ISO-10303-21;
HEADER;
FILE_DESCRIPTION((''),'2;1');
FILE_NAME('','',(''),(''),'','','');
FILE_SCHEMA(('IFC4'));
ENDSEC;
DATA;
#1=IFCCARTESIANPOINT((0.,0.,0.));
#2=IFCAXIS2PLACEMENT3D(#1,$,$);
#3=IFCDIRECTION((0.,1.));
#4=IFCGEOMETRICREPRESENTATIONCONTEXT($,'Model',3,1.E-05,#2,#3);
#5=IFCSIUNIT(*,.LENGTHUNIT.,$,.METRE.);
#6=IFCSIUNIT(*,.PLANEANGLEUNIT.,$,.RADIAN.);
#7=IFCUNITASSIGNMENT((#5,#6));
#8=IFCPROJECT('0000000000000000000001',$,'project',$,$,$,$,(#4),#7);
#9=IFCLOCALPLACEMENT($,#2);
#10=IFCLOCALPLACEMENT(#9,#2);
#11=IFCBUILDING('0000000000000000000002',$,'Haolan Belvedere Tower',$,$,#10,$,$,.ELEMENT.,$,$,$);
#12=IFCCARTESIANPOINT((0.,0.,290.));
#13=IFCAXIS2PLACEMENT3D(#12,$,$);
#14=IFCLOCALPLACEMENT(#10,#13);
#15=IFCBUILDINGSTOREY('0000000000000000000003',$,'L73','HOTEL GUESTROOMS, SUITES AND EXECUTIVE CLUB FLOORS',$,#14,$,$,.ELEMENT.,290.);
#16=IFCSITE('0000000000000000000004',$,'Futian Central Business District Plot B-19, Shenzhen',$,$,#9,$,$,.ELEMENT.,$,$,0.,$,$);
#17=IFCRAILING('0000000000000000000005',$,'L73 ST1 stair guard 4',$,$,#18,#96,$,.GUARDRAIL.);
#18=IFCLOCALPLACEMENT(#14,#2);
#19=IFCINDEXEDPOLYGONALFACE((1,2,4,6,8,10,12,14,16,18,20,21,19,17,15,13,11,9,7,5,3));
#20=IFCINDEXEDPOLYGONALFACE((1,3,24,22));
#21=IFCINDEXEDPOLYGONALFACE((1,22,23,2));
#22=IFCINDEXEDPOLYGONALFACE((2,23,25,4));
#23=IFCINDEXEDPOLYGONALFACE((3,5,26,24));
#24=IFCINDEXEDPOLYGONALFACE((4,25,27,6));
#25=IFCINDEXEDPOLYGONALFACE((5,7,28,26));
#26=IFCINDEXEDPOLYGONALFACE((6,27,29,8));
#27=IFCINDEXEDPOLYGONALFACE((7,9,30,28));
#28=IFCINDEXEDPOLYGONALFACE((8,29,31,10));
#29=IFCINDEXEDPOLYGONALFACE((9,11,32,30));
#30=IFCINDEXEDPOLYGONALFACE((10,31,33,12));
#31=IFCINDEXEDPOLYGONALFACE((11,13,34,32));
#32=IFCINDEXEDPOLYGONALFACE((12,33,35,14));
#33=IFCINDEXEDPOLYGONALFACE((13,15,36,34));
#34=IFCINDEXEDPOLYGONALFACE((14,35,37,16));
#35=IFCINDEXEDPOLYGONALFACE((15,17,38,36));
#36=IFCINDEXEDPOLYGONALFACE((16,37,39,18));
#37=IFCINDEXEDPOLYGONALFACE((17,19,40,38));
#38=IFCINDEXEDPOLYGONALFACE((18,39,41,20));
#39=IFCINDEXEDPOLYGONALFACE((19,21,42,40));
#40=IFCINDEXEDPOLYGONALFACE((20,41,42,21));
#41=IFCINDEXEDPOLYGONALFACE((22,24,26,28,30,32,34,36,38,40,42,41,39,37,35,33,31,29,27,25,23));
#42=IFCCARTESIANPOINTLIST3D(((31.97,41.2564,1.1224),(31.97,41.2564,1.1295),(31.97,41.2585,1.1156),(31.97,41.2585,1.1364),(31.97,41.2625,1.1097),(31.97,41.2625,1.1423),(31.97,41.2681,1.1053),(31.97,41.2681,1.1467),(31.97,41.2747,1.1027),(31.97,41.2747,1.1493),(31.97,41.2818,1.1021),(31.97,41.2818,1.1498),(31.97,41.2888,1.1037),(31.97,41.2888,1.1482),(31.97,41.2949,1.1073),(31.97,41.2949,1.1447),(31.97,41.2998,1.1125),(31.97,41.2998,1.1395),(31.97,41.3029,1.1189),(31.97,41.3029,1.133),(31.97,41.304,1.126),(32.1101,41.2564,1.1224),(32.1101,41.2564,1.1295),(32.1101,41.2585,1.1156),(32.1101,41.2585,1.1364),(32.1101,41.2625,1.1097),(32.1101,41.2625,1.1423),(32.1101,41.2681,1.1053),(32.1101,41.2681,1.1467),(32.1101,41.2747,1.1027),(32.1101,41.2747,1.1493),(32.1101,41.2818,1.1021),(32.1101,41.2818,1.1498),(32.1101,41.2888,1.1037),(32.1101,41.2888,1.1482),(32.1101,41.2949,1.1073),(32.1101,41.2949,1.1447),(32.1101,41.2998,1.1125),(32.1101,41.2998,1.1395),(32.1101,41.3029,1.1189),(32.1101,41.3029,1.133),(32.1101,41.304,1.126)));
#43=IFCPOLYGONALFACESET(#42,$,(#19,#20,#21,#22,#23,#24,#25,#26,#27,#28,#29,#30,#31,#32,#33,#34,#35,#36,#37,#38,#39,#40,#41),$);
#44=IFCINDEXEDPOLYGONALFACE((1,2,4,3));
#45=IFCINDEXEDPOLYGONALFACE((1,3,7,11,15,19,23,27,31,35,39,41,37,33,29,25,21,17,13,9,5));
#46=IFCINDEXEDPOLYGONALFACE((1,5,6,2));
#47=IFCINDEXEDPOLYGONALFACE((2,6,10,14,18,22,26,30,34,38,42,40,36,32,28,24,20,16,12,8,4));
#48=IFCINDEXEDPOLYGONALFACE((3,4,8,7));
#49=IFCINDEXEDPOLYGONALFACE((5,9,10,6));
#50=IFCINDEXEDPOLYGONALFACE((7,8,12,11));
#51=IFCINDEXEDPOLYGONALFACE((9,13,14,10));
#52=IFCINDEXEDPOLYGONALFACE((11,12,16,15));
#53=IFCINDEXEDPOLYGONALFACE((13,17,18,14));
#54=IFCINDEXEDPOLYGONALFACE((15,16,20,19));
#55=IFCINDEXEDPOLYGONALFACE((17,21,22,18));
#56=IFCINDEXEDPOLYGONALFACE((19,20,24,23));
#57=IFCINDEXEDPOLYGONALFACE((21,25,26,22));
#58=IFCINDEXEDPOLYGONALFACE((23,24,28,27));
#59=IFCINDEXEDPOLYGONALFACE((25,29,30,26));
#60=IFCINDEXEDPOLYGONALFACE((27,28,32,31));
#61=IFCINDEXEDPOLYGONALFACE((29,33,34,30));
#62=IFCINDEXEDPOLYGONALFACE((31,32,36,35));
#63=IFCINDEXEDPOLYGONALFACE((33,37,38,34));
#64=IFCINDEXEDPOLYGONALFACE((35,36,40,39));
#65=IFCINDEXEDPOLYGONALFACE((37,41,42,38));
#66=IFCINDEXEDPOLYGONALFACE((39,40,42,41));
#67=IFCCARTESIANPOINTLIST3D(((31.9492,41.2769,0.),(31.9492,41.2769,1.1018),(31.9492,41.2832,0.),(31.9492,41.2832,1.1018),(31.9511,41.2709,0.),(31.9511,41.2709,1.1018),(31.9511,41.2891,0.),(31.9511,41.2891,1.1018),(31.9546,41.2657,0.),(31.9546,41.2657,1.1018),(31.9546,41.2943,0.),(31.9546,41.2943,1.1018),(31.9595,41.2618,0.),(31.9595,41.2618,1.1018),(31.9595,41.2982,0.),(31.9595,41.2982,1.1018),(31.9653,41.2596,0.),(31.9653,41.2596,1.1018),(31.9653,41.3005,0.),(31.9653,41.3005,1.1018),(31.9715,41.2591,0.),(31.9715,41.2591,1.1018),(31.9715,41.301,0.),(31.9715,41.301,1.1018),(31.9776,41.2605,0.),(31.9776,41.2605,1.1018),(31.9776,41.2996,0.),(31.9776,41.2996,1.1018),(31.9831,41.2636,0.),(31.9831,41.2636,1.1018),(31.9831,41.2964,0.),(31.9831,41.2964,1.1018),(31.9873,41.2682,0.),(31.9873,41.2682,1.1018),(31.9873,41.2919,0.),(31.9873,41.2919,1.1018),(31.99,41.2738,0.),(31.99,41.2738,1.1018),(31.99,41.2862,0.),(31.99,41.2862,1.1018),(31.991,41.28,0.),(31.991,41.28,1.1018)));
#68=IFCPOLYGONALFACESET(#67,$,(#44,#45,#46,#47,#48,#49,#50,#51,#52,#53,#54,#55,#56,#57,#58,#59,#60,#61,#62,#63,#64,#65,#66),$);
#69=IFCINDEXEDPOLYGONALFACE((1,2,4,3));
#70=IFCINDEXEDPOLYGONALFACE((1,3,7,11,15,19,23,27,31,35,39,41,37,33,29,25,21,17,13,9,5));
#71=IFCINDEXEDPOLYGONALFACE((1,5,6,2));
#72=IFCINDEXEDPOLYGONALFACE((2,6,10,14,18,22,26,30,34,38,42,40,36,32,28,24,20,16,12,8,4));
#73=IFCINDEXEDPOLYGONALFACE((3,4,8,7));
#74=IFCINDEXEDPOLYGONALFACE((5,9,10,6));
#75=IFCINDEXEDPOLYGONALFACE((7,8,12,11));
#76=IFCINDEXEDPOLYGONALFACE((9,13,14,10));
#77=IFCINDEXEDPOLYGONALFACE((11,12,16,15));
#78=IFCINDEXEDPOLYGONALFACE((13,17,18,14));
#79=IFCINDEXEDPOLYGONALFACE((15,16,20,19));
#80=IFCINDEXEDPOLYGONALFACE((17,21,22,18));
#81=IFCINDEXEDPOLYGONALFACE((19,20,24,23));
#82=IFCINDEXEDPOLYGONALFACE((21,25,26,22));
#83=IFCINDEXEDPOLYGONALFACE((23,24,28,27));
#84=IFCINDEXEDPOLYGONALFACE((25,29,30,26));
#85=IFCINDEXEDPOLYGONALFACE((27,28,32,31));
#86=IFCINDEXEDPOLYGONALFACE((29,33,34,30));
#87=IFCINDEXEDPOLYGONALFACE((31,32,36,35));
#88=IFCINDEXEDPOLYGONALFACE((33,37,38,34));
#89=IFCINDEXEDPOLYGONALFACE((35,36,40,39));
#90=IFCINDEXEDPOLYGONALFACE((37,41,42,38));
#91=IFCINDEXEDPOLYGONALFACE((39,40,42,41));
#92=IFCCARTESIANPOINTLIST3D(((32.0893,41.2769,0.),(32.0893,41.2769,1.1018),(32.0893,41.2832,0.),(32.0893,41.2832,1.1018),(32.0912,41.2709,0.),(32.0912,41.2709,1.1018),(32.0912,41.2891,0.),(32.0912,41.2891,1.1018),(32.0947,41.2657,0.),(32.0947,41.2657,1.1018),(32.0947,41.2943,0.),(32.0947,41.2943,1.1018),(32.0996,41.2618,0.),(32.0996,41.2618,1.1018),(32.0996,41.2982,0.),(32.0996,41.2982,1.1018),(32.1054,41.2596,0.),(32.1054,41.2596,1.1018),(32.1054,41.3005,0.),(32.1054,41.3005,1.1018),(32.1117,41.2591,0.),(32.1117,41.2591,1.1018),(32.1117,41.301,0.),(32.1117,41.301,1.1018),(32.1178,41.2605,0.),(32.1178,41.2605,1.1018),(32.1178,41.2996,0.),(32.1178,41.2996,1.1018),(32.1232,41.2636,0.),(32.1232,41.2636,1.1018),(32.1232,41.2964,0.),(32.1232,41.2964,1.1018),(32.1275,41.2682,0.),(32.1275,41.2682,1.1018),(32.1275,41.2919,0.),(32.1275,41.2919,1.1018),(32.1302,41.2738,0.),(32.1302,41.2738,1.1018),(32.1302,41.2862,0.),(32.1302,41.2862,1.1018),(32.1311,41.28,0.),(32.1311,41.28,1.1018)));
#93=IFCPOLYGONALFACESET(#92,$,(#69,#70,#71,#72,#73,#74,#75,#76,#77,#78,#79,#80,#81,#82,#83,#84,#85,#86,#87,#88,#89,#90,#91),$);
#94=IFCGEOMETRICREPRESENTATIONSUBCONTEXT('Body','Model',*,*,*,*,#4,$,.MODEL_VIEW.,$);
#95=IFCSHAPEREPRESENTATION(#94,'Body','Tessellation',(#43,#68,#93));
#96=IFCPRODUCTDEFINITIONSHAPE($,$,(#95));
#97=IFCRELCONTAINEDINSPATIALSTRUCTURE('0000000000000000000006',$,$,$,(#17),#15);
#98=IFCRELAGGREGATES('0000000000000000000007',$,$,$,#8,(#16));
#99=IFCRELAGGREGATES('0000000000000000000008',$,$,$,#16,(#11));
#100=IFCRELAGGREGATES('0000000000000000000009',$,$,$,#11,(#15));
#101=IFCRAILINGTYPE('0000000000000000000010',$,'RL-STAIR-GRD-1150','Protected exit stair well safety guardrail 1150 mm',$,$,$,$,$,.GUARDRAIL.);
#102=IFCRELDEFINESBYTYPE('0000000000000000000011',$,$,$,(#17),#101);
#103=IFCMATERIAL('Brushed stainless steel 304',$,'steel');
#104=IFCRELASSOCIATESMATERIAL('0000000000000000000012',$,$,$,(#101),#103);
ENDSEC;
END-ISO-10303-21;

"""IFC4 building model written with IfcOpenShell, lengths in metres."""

from ifc_helpers import new_model, si_unit, direction, frame, origin, origin_2d, place, context, subcontext, project, spatial, circle, extrude, material, type_object, element, save


model = new_model("IFC4")

# Units and contexts
model_context = context("Model", 3, precision=1e-05, world=origin(), true_north=direction((0.0, 1.0)))
body_context = subcontext(model_context, "Body", "Model", "MODEL_VIEW")
ifc_project = project(units=[si_unit("LENGTHUNIT", "METRE"), si_unit("PLANEANGLEUNIT", "RADIAN")], contexts=[model_context])

# Site, building, storey
site_placement = place(None, origin())
site = spatial("IfcSite", under=ifc_project, at=site_placement, Name="Futian Central Business District Plot B-19, Shenzhen", CompositionType="ELEMENT", RefElevation=0.0)
building_placement = place(site_placement, origin())
building = spatial("IfcBuilding", under=site, at=building_placement, Name="Haolan Belvedere Tower", CompositionType="ELEMENT")
storey_placement = place(building_placement, frame((0.0, 0.0, 290.0)))
storey = spatial("IfcBuildingStorey", under=building, at=storey_placement, Name="L73", Description="HOTEL GUESTROOMS, SUITES AND EXECUTIVE CLUB FLOORS", CompositionType="ELEMENT", Elevation=290.0)

# Railing
ifc_material_1 = material(Name="Brushed stainless steel 304", Category="steel")
railing_type_1 = type_object("IfcRailingType", Name="RL-STAIR-GRD-1150", Description="Protected exit stair well safety guardrail 1150 mm", PredefinedType="GUARDRAIL", material=ifc_material_1)
railing_1_placement = place(storey_placement, frame((31.97, 41.28, 0.0)))
element("IfcRailing", 1, at=railing_1_placement, inside=storey, type_object=railing_type_1, Name="L73 ST1 stair guard 4", PredefinedType="GUARDRAIL", context=body_context, shape_type="SweptSolid", body=[
    extrude(circle(Radius=0.0239, at=origin_2d()), frame((0.0, 0.0, 1.126), z_axis=(1.0, 0.0, 0.0), x_axis=(0.0, 1.0, 0.0)), (0.0, 0.0, 1.0), 0.1401),
    extrude(circle(Radius=0.021, at=origin_2d()), origin(), (0.0, 0.0, 1.0), 1.1018),
    extrude(circle(Radius=0.021, at=origin_2d()), frame((0.1401, 0.0, 0.0)), (0.0, 0.0, 1.0), 1.1018),
])

save(model, "model.ifc")
